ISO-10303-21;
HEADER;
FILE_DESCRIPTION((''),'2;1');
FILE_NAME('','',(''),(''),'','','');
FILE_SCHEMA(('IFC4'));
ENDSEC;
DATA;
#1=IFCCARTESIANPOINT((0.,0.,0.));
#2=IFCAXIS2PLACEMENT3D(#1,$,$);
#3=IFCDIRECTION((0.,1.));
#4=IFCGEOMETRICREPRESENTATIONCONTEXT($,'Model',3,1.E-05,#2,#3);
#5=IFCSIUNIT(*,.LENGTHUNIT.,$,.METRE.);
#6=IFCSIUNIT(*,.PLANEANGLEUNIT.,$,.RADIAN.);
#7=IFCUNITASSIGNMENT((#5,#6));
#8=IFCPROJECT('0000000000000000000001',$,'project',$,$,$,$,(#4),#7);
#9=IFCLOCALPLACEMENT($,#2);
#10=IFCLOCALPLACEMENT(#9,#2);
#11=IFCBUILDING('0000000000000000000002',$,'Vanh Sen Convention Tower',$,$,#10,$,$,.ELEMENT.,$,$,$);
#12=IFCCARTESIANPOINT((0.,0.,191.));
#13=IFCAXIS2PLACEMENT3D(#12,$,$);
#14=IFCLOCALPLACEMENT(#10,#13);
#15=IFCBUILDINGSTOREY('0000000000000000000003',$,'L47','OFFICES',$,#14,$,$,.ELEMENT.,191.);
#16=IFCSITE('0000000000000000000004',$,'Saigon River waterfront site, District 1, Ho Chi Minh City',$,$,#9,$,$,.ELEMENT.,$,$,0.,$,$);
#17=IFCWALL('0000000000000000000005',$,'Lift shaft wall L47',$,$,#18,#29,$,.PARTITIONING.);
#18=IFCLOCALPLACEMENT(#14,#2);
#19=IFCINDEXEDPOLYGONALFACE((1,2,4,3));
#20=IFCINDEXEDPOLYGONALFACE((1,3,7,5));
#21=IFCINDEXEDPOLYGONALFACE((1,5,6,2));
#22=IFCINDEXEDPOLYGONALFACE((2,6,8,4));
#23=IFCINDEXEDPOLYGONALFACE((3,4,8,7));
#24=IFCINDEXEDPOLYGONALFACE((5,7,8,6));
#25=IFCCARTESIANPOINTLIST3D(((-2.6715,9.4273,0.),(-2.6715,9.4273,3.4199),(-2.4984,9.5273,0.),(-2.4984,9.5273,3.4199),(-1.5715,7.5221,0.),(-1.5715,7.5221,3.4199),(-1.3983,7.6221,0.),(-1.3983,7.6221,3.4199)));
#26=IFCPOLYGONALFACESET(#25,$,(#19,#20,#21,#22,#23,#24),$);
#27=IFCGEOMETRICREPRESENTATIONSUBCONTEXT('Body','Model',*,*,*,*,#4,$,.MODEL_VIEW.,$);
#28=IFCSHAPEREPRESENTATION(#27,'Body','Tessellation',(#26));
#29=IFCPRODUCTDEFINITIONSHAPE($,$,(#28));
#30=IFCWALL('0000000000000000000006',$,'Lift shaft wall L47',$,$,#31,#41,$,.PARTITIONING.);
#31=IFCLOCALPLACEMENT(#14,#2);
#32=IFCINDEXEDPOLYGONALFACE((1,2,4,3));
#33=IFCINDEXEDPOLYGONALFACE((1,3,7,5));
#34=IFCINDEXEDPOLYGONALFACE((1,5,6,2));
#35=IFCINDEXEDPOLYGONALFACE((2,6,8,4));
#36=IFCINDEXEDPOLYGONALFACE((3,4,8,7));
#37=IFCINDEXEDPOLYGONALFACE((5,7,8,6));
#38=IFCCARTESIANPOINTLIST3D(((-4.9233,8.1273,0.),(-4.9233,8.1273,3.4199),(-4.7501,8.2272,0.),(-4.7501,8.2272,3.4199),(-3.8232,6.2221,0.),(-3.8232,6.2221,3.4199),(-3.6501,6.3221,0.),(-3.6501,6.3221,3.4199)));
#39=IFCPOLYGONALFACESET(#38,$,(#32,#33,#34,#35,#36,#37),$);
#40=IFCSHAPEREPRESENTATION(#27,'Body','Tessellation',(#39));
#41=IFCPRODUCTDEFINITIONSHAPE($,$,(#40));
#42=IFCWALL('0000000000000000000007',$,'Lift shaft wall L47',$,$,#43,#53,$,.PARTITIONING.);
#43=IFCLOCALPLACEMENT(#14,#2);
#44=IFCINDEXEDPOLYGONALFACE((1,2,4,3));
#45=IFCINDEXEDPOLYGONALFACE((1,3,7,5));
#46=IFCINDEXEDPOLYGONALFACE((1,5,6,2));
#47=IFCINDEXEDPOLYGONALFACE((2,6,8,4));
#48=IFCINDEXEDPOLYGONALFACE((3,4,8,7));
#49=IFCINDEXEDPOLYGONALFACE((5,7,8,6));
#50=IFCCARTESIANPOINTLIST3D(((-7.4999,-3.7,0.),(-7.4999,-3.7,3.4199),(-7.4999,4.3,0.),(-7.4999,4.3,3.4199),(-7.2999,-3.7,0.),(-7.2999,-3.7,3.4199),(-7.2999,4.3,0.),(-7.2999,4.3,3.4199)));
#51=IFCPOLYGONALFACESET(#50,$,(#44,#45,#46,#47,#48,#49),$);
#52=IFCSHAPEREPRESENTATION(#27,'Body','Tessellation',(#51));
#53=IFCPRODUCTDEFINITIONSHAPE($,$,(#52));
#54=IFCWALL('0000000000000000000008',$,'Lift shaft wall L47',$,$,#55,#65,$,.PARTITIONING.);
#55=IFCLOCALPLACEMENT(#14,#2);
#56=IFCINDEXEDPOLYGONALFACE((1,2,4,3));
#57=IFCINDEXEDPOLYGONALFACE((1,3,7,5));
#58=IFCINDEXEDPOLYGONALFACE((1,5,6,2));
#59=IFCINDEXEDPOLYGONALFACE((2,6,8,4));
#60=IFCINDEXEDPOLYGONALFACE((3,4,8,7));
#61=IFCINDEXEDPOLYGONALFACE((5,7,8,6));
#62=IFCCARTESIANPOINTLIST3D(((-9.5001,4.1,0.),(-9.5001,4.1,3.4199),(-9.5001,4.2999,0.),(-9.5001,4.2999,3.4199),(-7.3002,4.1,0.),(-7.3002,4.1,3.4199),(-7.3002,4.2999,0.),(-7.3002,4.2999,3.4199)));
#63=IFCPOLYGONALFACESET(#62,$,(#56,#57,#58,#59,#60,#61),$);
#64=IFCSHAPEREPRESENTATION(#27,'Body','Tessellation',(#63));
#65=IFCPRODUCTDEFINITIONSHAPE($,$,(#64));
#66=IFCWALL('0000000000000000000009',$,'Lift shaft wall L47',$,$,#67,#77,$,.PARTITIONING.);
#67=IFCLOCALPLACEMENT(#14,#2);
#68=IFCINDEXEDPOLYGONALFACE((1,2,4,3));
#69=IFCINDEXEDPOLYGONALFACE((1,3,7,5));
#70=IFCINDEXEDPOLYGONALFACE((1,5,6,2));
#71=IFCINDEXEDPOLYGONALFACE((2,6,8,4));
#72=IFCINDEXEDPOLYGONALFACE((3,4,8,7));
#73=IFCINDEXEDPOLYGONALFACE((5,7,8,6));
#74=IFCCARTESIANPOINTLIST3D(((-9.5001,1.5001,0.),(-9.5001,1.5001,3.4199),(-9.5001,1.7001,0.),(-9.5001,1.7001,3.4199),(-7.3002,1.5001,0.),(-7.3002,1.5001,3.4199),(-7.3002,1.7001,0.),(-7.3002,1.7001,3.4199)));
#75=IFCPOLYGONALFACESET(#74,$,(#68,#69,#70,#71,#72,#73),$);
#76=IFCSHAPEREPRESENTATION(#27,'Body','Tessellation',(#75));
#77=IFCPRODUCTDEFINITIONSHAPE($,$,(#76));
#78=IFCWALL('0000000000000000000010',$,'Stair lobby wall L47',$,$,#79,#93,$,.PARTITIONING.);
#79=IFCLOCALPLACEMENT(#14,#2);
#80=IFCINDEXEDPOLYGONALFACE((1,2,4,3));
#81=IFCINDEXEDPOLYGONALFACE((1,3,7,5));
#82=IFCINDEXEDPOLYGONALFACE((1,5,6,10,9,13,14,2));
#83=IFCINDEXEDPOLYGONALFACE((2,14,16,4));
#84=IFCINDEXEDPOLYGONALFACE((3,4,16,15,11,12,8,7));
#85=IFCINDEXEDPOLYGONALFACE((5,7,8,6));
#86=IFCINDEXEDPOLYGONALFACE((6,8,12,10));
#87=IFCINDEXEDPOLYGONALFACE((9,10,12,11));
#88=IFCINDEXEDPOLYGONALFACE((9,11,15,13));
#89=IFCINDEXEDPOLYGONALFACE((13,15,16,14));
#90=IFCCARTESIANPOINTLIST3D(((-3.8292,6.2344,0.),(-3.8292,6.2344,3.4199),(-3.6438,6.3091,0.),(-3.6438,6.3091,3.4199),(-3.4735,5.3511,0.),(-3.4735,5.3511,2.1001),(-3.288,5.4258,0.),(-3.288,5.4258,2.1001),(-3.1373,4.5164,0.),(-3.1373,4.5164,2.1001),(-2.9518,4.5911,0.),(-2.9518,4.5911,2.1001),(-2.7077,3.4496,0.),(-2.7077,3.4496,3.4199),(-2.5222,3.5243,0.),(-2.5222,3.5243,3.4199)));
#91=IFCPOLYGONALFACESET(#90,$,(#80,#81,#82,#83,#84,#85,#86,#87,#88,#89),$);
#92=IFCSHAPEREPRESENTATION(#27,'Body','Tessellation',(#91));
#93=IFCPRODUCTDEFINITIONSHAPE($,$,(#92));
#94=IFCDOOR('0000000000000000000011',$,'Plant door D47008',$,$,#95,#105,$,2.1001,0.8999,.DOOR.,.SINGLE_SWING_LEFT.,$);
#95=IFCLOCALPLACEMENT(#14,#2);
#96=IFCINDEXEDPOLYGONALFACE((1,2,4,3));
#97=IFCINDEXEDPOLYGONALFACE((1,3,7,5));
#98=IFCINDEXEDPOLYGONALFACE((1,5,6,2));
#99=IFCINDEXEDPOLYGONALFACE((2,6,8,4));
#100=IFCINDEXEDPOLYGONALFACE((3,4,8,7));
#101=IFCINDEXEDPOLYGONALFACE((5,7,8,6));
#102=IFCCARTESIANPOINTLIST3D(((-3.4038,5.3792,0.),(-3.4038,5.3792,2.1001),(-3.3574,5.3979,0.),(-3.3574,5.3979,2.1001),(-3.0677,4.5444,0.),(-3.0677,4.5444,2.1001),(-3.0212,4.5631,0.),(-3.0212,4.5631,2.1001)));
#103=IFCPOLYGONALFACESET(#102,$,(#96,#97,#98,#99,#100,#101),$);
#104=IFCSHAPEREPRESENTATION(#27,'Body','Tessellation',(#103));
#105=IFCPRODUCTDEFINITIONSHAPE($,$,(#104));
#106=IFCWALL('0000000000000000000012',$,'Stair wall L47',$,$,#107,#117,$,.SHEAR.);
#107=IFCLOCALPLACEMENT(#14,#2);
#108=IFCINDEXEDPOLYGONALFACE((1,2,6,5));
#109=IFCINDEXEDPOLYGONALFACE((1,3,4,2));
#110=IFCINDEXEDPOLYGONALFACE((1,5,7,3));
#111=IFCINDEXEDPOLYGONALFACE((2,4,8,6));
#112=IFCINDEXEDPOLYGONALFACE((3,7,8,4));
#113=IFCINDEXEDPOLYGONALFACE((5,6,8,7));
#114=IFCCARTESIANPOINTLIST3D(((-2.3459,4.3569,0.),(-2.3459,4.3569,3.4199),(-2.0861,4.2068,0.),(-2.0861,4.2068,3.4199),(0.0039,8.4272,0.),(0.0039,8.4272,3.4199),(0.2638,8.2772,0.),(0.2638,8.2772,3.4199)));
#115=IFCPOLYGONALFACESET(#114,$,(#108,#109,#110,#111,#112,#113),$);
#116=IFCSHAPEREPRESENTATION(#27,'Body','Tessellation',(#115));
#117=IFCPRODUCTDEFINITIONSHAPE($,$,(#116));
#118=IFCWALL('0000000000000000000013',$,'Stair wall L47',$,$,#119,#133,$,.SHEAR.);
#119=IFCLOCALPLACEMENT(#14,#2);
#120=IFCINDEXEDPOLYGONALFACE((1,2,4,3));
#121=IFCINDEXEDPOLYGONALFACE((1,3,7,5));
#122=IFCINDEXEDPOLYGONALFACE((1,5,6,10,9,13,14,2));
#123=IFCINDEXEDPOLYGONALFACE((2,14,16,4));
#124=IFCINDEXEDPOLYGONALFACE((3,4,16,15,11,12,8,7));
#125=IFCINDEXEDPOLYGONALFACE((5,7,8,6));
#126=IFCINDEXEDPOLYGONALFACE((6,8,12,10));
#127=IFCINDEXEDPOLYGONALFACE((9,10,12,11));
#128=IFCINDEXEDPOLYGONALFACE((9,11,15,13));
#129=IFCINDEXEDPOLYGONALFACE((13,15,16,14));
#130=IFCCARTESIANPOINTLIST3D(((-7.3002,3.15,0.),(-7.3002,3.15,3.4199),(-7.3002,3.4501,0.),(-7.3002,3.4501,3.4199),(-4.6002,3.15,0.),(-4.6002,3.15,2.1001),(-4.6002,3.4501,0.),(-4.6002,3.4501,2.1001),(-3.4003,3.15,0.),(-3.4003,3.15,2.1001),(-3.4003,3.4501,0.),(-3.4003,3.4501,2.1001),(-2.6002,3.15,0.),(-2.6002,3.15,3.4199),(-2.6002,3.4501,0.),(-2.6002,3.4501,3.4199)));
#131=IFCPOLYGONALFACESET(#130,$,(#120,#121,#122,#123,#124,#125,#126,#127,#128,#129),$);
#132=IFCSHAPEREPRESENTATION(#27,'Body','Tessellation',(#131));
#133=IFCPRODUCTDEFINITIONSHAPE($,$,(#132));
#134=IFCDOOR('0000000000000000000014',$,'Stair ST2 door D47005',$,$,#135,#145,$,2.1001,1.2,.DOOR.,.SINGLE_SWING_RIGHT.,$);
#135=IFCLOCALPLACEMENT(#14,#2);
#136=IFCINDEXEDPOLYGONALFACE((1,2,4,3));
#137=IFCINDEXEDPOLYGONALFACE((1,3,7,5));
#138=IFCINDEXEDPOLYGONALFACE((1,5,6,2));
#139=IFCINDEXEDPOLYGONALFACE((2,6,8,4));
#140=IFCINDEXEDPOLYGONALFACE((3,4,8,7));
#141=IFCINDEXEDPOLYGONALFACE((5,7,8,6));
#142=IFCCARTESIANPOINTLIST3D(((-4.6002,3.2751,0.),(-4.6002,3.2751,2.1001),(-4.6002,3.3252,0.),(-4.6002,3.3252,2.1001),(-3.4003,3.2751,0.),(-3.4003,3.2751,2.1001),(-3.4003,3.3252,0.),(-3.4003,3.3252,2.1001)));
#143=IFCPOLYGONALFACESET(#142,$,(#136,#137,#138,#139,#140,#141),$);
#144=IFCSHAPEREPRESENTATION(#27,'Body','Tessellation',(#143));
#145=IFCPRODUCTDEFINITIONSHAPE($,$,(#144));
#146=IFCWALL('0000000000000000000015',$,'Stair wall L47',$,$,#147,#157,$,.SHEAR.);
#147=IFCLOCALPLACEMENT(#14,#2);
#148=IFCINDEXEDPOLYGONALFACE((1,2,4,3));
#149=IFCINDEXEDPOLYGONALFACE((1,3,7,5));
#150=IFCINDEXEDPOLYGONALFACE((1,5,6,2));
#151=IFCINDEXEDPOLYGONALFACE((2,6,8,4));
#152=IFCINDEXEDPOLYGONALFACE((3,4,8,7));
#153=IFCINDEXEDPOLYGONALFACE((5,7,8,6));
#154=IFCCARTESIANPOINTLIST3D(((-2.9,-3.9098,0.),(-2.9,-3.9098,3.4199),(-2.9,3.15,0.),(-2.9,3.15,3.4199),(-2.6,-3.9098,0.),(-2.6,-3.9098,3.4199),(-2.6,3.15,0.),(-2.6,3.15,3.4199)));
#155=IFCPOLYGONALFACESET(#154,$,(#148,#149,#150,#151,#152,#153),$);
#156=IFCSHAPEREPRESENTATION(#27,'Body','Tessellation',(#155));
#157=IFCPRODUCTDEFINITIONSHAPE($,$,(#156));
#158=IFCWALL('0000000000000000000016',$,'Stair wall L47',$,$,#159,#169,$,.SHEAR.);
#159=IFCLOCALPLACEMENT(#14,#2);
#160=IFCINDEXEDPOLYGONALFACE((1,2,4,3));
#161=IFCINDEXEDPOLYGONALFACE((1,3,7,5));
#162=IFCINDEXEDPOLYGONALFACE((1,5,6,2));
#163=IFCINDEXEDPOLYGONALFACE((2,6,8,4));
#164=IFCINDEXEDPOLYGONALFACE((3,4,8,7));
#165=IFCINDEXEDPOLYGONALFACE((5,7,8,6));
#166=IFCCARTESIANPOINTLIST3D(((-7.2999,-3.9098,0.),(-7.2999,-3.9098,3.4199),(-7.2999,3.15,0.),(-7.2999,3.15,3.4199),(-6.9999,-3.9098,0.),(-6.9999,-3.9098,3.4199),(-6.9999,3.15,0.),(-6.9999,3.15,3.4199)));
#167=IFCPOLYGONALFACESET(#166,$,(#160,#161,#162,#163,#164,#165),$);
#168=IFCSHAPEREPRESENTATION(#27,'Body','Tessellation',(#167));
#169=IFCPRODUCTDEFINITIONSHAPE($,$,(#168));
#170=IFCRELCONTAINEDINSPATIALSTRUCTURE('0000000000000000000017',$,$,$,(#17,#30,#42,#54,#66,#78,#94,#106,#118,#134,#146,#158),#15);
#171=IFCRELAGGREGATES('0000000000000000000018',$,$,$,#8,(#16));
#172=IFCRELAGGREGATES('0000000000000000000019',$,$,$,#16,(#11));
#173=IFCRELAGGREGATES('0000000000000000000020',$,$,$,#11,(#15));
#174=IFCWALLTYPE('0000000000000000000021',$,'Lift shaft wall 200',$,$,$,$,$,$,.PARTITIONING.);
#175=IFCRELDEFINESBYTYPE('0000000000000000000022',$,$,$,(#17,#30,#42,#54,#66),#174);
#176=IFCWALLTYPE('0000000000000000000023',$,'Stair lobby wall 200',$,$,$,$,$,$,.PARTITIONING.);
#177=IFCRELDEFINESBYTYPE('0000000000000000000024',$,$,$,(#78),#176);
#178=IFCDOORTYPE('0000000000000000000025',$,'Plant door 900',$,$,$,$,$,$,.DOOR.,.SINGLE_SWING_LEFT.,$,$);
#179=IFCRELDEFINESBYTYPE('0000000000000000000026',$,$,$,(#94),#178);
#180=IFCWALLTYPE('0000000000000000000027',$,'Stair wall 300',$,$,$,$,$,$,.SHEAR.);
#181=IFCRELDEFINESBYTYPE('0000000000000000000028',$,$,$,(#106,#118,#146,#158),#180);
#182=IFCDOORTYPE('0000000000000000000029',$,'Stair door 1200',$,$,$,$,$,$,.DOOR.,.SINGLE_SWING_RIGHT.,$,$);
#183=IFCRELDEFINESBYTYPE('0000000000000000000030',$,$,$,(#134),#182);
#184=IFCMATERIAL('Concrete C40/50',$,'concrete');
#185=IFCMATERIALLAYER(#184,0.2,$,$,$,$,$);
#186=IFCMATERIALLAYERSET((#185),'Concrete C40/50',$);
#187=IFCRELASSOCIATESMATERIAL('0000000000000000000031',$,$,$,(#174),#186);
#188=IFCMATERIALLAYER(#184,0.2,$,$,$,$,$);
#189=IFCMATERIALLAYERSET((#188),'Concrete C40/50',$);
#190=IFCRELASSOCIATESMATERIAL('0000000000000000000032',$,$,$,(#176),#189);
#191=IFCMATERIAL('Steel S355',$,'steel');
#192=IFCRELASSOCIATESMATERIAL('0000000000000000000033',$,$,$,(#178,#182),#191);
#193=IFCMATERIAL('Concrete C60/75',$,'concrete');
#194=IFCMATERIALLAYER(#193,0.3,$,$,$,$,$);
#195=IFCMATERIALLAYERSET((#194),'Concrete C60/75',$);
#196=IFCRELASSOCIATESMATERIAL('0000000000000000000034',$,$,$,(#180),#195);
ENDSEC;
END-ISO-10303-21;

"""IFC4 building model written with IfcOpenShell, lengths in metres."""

from ifc_helpers import new_model, si_unit, direction, frame, frame_2d, origin, place, context, subcontext, project, spatial, rectangle, extrude, material, layer, layer_set, type_object, element, fill, save


model = new_model("IFC4")

# Units and contexts
model_context = context("Model", 3, precision=1e-05, world=origin(), true_north=direction((0.0, 1.0)))
body_context = subcontext(model_context, "Body", "Model", "MODEL_VIEW")
ifc_project = project(units=[si_unit("LENGTHUNIT", "METRE"), si_unit("PLANEANGLEUNIT", "RADIAN")], contexts=[model_context])

# Site, building, storey
site_placement = place(None, origin())
site = spatial("IfcSite", under=ifc_project, at=site_placement, Name="Saigon River waterfront site, District 1, Ho Chi Minh City", CompositionType="ELEMENT", RefElevation=0.0)
building_placement = place(site_placement, origin())
building = spatial("IfcBuilding", under=site, at=building_placement, Name="Vanh Sen Convention Tower", CompositionType="ELEMENT")
storey_placement = place(building_placement, frame((0.0, 0.0, 191.0)))
storey = spatial("IfcBuildingStorey", under=building, at=storey_placement, Name="L47", Description="OFFICES", CompositionType="ELEMENT", Elevation=191.0)

# Shared definitions
ifc_material_1 = material(Name="Concrete C40/50", Category="concrete")

# Shared definitions
ifc_material_2 = material(Name="Concrete C60/75", Category="concrete")

# Walls
ifc_layer_1 = layer(ifc_material_1, 0.2)
ifc_layer_set_1 = layer_set([ifc_layer_1], Name="Concrete C40/50")
wall_type_1 = type_object("IfcWallType", Name="Lift shaft wall 200", PredefinedType="PARTITIONING", material=ifc_layer_set_1)
for number, where, z_axis, x_axis, name in (
    (1, (-1.4849, 7.572, 0.0), (0.0, 0.0, 1.0), (-0.50003, 0.866008, 0.0), "Lift shaft wall L47"),
    (2, (-3.7366, 6.272, 0.0), (0.0, 0.0, 1.0), (-0.50003, 0.866008, 0.0), "Lift shaft wall L47"),
):
    element("IfcWall", number, at=place(storey_placement, frame(where, z_axis=z_axis, x_axis=x_axis)), inside=storey, type_object=wall_type_1, Name=name, PredefinedType="PARTITIONING", context=body_context, shape_type="SweptSolid", body=[
        extrude(rectangle(XDim=2.2, YDim=0.2, at=frame_2d((1.1001, 0.0))), origin(), (0.0, 0.0, 1.0), 3.4199),
    ])
wall_1_placement = place(storey_placement, frame((-7.3999, 4.3, 0.0), z_axis=(0.0, 0.0, 1.0), x_axis=(0.0, -1.0, 0.0)))
element("IfcWall", 3, at=wall_1_placement, inside=storey, type_object=wall_type_1, Name="Lift shaft wall L47", PredefinedType="PARTITIONING", context=body_context, shape_type="SweptSolid", body=[
    extrude(rectangle(XDim=8.0, YDim=0.2, at=frame_2d((4.0, 0.0))), origin(), (0.0, 0.0, 1.0), 3.4199),
])
for number, where, z_axis, x_axis, name in (
    (4, (-7.3, 4.2, 0.0), (0.0, 0.0, 1.0), (-1.0, 0.0, 0.0), "Lift shaft wall L47"),
    (5, (-7.3, 1.6001, 0.0), (0.0, 0.0, 1.0), (-1.0, 0.0, 0.0), "Lift shaft wall L47"),
):
    element("IfcWall", number, at=place(storey_placement, frame(where, z_axis=z_axis, x_axis=x_axis)), inside=storey, type_object=wall_type_1, Name=name, PredefinedType="PARTITIONING", context=body_context, shape_type="SweptSolid", body=[
        extrude(rectangle(XDim=2.2, YDim=0.2, at=frame_2d((1.1001, 0.0))), origin(), (0.0, 0.0, 1.0), 3.4199),
    ])

# Wall, opening, door
ifc_layer_2 = layer(ifc_material_1, 0.2)
ifc_layer_set_2 = layer_set([ifc_layer_2], Name="Concrete C40/50")
wall_type_2 = type_object("IfcWallType", Name="Stair lobby wall 200", PredefinedType="PARTITIONING", material=ifc_layer_set_2)
wall_2_placement = place(storey_placement, frame((-2.615, 3.4871, 0.0), z_axis=(0.0, 0.0, 1.0), x_axis=(-0.373577, 0.927599, 0.0)))
wall_2 = element("IfcWall", 6, at=wall_2_placement, inside=storey, type_object=wall_type_2, Name="Stair lobby wall L47", PredefinedType="PARTITIONING", context=body_context, shape_type="SweptSolid", body=[
    extrude(rectangle(XDim=3.0022, YDim=0.2, at=frame_2d((1.501, 0.0))), origin(), (0.0, 0.0, 1.0), 3.4199),
])
opening_1_placement = place(wall_2_placement, frame((1.1499, 0.0, 0.0)))
opening_1 = element("IfcOpeningElement", 7, at=opening_1_placement, cuts=wall_2, PredefinedType="OPENING", context=body_context, shape_type="SweptSolid", body=[
    extrude(rectangle(XDim=0.8999, YDim=2.1001, at=frame_2d((0.45, 1.05))), frame((0.0, 0.1099, 0.0), z_axis=(0.0, -1.0, 0.0), x_axis=(1.0, 0.0, 0.0)), (0.0, 0.0, 1.0), 0.22),
])
ifc_material_3 = material(Name="Steel S355", Category="steel")
door_type_1 = type_object("IfcDoorType", Name="Plant door 900", OperationType="SINGLE_SWING_LEFT", PredefinedType="DOOR", material=ifc_material_3)
door_1_placement = place(opening_1_placement, origin())
door_1 = element("IfcDoor", 8, at=door_1_placement, inside=storey, type_object=door_type_1, Name="Plant door D47008", OperationType="SINGLE_SWING_LEFT", OverallHeight=2.1001, OverallWidth=0.8999, PredefinedType="DOOR", context=body_context, shape_type="SweptSolid", body=[
    extrude(rectangle(XDim=0.8999, YDim=2.1001, at=frame_2d((0.45, 1.05))), frame((0.0, 0.0249, 0.0), z_axis=(0.0, -1.0, 0.0), x_axis=(1.0, 0.0, 0.0)), (0.0, 0.0, 1.0), 0.05),
])
fill(opening_1, door_1)

# Wall
ifc_layer_3 = layer(ifc_material_2, 0.3)
ifc_layer_set_3 = layer_set([ifc_layer_3], Name="Concrete C60/75")
wall_type_3 = type_object("IfcWallType", Name="Stair wall 300", PredefinedType="SHEAR", material=ifc_layer_set_3)
wall_3_placement = place(storey_placement, frame((-2.2161, 4.2817, 0.0), z_axis=(0.0, 0.0, 1.0), x_axis=(0.499977, 0.866039, 0.0)))
element("IfcWall", 9, at=wall_3_placement, inside=storey, type_object=wall_type_3, Name="Stair wall L47", PredefinedType="SHEAR", context=body_context, shape_type="SweptSolid", body=[
    extrude(rectangle(XDim=4.7, YDim=0.3, at=frame_2d((2.3501, 0.0))), origin(), (0.0, 0.0, 1.0), 3.4199),
])

# Wall, opening, door
wall_4_placement = place(storey_placement, frame((-2.6001, 3.3, 0.0), z_axis=(0.0, 0.0, 1.0), x_axis=(-1.0, 0.0, 0.0)))
wall_4 = element("IfcWall", 10, at=wall_4_placement, inside=storey, type_object=wall_type_3, Name="Stair wall L47", PredefinedType="SHEAR", context=body_context, shape_type="SweptSolid", body=[
    extrude(rectangle(XDim=4.7, YDim=0.3, at=frame_2d((2.3501, 0.0))), origin(), (0.0, 0.0, 1.0), 3.4199),
])
opening_2_placement = place(wall_4_placement, frame((0.8, 0.0, 0.0)))
opening_2 = element("IfcOpeningElement", 11, at=opening_2_placement, cuts=wall_4, PredefinedType="OPENING", context=body_context, shape_type="SweptSolid", body=[
    extrude(rectangle(XDim=1.2, YDim=2.1001, at=frame_2d((0.6001, 1.05))), frame((0.0, 0.1599, 0.0), z_axis=(0.0, -1.0, 0.0), x_axis=(1.0, 0.0, 0.0)), (0.0, 0.0, 1.0), 0.3201),
])
door_type_2 = type_object("IfcDoorType", Name="Stair door 1200", OperationType="SINGLE_SWING_RIGHT", PredefinedType="DOOR", material=ifc_material_3)
door_2_placement = place(opening_2_placement, origin())
door_2 = element("IfcDoor", 12, at=door_2_placement, inside=storey, type_object=door_type_2, Name="Stair ST2 door D47005", OperationType="SINGLE_SWING_RIGHT", OverallHeight=2.1001, OverallWidth=1.2, PredefinedType="DOOR", context=body_context, shape_type="SweptSolid", body=[
    extrude(rectangle(XDim=1.2, YDim=2.1001, at=frame_2d((0.6001, 1.05))), frame((0.0, 0.0249, 0.0), z_axis=(0.0, -1.0, 0.0), x_axis=(1.0, 0.0, 0.0)), (0.0, 0.0, 1.0), 0.05),
])
fill(opening_2, door_2)

# Walls
for number, where, z_axis, x_axis, name in (
    (13, (-2.75, 3.1499, 0.0), (0.0, 0.0, 1.0), (0.0, -1.0, 0.0), "Stair wall L47"),
    (14, (-7.1499, 3.1499, 0.0), (0.0, 0.0, 1.0), (0.0, -1.0, 0.0), "Stair wall L47"),
):
    element("IfcWall", number, at=place(storey_placement, frame(where, z_axis=z_axis, x_axis=x_axis)), inside=storey, type_object=wall_type_3, Name=name, PredefinedType="SHEAR", context=body_context, shape_type="SweptSolid", body=[
        extrude(rectangle(XDim=7.0598, YDim=0.3, at=frame_2d((3.5298, 0.0))), origin(), (0.0, 0.0, 1.0), 3.4199),
    ])

save(model, "model.ifc")
